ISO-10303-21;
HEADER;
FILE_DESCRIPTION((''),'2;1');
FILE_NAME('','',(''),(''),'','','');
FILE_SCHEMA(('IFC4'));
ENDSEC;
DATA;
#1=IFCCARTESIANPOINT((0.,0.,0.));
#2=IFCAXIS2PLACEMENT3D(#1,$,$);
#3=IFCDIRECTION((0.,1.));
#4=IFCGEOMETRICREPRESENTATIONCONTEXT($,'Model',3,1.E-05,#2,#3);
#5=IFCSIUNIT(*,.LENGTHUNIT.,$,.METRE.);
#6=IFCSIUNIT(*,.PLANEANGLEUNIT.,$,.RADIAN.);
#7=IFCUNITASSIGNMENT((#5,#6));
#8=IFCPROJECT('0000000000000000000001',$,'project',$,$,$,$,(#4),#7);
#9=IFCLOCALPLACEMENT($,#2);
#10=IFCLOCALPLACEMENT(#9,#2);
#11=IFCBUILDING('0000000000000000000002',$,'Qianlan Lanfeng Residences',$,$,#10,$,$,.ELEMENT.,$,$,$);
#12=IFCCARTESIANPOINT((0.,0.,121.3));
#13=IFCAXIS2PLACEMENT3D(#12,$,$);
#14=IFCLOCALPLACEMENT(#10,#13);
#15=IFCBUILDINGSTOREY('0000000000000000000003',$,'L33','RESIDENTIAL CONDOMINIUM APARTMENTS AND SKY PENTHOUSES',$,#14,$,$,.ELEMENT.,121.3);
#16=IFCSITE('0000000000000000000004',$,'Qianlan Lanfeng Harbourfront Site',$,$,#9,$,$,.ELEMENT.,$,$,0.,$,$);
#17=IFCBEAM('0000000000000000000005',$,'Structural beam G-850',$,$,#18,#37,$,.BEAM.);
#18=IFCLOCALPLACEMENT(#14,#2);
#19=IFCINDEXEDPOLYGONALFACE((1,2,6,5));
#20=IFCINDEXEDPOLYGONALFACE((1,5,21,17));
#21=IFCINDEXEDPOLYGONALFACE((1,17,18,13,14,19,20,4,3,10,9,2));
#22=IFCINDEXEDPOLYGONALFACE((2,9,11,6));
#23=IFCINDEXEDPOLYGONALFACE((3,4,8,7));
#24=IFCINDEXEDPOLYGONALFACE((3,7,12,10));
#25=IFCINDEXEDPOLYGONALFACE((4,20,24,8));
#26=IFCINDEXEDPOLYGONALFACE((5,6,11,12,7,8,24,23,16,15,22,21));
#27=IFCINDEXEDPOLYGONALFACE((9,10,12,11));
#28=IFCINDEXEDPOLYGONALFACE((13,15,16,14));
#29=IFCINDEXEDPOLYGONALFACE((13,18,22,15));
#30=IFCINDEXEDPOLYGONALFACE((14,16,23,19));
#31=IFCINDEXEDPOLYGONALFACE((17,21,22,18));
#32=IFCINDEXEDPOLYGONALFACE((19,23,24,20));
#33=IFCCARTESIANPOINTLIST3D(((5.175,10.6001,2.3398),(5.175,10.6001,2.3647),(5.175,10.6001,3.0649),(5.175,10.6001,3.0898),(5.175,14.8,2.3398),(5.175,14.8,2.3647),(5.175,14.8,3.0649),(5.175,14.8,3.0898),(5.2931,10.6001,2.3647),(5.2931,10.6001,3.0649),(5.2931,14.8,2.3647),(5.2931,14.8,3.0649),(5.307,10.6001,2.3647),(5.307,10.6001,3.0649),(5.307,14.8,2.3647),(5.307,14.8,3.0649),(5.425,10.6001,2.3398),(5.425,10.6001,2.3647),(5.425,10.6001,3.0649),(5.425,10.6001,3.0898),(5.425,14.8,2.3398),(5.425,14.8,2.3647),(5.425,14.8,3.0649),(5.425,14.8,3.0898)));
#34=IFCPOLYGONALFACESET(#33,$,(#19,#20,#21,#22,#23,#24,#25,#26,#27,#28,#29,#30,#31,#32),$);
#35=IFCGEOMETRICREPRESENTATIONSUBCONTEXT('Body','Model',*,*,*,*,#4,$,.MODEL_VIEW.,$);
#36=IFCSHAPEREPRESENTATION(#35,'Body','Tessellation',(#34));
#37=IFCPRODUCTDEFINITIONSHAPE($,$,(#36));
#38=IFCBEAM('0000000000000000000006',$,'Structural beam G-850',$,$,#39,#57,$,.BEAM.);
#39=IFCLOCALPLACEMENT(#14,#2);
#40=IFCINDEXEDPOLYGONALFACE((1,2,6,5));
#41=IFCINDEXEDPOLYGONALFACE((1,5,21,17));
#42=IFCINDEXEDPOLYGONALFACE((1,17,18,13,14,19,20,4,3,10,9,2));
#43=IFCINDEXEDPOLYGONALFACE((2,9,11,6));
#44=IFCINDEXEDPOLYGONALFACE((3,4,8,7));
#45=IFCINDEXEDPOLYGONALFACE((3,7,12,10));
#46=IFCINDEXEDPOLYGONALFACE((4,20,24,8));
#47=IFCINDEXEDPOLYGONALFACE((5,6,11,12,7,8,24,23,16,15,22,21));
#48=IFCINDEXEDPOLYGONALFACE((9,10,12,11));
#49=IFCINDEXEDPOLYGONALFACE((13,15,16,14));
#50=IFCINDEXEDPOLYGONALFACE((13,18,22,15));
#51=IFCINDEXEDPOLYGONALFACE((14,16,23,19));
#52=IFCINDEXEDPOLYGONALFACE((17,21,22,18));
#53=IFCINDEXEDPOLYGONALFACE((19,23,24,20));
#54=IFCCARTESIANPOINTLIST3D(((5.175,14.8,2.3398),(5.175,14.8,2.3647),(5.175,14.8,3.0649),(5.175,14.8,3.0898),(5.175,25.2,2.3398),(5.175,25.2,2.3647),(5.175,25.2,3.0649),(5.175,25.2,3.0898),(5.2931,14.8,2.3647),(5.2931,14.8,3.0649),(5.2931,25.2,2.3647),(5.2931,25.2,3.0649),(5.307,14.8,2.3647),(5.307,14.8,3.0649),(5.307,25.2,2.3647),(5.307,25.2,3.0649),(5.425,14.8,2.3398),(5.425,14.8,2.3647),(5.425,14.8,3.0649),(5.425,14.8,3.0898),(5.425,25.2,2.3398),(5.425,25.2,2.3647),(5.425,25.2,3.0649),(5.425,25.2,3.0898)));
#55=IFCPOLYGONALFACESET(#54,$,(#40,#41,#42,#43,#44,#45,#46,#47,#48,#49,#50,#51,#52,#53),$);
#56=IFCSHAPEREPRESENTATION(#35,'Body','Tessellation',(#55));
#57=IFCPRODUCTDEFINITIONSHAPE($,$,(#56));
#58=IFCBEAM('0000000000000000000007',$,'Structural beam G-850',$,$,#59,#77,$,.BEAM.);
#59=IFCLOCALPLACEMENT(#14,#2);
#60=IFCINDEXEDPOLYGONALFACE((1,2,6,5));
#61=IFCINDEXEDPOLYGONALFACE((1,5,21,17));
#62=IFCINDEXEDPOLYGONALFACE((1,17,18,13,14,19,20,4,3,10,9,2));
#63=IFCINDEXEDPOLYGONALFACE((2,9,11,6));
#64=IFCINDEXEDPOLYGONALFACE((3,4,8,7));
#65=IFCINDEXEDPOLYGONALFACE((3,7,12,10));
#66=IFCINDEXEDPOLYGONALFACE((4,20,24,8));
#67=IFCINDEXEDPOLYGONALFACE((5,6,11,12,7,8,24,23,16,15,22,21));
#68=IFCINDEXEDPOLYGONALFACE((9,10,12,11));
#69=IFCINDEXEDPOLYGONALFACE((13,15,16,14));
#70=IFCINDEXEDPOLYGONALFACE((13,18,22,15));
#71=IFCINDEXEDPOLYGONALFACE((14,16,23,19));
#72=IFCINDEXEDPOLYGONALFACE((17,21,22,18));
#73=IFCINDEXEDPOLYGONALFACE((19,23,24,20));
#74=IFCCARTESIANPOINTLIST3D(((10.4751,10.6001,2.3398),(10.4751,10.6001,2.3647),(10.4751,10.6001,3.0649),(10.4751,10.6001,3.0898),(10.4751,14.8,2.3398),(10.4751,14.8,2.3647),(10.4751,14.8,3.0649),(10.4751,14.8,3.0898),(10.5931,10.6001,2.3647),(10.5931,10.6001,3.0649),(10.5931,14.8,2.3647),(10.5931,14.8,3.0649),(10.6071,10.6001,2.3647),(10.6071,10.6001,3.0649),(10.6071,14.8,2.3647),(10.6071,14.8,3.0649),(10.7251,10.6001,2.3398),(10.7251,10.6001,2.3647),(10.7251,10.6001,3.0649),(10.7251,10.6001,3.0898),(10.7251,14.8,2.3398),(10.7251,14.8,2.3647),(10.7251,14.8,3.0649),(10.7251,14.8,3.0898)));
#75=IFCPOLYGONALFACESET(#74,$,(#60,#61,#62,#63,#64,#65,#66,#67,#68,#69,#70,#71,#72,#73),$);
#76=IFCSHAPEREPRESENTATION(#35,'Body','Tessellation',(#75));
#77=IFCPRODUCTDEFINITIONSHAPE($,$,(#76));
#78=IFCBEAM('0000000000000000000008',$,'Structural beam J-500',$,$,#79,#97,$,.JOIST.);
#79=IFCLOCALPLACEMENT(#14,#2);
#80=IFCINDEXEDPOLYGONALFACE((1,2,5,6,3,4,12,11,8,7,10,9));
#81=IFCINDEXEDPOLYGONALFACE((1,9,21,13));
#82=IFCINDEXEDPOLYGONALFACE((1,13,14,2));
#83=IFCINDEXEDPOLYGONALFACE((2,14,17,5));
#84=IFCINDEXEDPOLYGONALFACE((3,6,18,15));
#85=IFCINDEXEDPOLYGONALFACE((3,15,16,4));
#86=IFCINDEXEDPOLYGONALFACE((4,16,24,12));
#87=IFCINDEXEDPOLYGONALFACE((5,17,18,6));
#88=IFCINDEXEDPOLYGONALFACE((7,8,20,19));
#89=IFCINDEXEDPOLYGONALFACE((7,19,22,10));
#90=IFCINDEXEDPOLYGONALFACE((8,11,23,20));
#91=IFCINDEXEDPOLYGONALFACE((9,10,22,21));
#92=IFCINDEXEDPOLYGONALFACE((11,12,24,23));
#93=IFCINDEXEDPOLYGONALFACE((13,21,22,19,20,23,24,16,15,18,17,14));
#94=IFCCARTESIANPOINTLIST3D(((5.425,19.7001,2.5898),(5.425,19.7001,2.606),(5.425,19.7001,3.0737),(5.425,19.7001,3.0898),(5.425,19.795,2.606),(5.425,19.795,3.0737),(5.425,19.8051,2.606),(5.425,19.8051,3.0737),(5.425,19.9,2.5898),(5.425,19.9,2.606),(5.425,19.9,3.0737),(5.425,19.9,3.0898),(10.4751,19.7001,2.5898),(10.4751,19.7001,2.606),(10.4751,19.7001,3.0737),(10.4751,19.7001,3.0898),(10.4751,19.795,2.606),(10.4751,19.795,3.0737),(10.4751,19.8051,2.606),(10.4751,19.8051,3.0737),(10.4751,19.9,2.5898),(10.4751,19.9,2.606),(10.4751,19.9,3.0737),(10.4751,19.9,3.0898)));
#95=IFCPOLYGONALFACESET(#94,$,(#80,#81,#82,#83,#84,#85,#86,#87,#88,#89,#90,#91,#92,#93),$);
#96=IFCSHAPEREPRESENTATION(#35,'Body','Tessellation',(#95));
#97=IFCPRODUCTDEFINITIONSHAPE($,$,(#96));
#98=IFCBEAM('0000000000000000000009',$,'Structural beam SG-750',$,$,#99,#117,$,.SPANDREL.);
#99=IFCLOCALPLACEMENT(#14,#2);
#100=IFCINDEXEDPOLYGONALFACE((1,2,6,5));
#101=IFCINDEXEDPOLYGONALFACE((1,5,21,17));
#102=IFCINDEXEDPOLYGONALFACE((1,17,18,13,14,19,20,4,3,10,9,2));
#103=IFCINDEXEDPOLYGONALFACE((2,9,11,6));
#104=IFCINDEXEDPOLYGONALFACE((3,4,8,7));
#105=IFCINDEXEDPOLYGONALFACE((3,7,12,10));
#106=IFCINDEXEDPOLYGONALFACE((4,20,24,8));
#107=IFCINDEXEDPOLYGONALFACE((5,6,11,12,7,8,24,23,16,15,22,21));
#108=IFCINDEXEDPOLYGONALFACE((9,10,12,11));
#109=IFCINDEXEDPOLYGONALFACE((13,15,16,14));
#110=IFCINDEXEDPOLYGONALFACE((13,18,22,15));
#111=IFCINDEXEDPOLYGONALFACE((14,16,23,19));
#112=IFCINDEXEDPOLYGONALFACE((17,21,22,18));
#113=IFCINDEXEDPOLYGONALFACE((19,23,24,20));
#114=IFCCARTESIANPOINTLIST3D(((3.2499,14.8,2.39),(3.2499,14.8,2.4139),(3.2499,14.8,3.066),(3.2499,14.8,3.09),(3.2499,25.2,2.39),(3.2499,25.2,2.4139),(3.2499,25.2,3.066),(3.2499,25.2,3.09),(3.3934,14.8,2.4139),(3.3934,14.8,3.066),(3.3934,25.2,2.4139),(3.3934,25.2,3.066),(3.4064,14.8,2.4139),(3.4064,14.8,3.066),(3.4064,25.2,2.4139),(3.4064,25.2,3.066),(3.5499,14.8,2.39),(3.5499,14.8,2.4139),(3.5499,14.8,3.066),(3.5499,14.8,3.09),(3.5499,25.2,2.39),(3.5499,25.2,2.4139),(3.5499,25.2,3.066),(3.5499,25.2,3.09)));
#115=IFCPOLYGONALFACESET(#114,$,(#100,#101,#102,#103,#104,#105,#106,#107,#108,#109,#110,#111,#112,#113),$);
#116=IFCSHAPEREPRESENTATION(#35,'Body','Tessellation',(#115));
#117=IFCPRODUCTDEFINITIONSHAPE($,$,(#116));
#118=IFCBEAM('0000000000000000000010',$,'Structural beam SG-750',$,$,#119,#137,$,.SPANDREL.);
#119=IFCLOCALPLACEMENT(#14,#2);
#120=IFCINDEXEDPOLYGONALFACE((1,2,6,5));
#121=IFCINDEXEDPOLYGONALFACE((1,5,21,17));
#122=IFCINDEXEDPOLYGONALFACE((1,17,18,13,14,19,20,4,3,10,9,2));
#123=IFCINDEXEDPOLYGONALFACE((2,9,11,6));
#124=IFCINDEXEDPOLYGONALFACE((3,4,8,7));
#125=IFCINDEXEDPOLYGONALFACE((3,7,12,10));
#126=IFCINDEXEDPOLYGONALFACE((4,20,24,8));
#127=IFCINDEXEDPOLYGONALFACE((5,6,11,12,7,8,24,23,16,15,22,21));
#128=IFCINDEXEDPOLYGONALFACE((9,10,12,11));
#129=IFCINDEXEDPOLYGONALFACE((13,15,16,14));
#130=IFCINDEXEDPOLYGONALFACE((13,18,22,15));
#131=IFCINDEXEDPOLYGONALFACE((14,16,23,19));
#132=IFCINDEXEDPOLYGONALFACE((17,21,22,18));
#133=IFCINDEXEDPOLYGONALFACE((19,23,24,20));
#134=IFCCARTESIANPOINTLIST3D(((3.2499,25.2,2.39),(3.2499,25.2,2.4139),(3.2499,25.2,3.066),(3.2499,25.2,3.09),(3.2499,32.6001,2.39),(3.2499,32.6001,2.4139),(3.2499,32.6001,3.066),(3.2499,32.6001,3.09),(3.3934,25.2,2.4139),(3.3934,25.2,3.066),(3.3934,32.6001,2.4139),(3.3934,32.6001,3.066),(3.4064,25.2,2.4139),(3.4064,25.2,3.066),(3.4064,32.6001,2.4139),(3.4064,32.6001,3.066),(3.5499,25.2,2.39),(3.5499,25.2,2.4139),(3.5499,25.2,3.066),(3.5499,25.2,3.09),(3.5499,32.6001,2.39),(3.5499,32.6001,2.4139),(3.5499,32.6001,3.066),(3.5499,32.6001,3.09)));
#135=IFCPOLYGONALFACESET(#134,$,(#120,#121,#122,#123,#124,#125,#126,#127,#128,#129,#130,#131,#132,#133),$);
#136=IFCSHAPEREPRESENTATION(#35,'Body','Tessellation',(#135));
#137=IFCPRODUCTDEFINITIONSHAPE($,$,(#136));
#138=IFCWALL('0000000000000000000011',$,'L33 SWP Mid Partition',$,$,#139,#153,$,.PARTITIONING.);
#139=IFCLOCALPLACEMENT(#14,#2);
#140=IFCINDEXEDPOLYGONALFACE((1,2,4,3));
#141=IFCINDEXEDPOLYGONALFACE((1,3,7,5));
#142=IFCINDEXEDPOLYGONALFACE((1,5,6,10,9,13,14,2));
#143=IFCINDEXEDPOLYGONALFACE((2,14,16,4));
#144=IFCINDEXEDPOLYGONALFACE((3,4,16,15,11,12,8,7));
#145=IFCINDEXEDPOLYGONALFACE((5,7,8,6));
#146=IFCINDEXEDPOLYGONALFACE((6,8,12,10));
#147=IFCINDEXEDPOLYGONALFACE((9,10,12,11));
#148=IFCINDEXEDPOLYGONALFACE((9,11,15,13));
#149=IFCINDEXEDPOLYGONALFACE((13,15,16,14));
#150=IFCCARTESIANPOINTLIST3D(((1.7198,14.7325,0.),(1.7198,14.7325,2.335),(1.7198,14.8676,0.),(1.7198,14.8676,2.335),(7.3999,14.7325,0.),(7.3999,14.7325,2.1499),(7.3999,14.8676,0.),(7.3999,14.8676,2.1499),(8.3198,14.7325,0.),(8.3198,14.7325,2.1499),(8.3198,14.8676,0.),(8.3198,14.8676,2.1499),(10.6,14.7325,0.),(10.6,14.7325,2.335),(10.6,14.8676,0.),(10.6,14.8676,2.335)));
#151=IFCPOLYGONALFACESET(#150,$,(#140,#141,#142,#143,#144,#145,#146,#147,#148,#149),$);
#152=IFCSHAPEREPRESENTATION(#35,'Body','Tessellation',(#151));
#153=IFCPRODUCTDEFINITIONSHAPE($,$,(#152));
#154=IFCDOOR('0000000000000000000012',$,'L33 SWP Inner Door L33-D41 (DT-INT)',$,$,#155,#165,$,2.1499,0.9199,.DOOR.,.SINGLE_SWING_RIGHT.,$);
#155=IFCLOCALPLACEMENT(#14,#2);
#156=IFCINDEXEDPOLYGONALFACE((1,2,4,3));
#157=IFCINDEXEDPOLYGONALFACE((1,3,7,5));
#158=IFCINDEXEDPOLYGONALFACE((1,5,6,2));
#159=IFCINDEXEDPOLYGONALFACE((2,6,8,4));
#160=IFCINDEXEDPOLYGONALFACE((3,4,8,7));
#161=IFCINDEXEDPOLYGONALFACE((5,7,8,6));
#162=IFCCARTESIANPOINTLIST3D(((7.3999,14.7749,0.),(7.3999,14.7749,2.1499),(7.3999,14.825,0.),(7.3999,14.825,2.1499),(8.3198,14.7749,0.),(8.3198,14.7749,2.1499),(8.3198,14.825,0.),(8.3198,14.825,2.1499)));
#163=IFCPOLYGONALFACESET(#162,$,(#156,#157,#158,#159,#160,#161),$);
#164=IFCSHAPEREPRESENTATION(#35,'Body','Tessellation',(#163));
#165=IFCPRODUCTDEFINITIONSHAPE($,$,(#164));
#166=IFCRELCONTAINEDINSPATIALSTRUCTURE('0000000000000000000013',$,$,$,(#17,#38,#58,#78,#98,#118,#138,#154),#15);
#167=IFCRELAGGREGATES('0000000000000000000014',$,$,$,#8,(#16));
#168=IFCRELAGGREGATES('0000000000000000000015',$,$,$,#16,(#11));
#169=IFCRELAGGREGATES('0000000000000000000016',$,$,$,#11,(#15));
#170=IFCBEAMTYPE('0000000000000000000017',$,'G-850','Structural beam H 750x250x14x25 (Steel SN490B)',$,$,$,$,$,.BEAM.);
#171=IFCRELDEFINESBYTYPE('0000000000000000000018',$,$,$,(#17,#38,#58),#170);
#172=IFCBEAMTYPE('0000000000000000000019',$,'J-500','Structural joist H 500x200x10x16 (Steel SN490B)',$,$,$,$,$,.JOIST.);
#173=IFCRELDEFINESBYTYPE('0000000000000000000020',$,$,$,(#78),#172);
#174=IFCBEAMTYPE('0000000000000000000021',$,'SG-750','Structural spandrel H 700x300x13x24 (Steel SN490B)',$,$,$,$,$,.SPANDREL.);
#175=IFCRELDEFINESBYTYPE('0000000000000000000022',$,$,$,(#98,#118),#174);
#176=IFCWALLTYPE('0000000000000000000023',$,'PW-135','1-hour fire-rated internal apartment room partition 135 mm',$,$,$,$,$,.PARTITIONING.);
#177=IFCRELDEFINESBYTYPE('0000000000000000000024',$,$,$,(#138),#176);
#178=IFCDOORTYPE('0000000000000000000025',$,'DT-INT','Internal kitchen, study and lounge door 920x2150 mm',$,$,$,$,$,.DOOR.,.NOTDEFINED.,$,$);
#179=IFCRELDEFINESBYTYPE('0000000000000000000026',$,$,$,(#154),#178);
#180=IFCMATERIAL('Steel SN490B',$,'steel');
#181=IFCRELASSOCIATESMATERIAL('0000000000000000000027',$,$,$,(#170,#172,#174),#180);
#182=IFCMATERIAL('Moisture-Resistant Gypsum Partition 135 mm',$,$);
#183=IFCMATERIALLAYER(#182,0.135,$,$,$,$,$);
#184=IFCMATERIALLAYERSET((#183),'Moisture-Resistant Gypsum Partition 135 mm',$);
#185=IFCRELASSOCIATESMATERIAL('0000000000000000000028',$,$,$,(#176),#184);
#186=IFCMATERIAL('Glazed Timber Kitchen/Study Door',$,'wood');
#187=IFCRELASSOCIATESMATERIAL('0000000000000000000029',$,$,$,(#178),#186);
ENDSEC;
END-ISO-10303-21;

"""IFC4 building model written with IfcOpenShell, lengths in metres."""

from ifc_helpers import new_model, si_unit, direction, frame, frame_2d, origin, origin_2d, place, context, subcontext, project, spatial, rectangle, i_section, extrude, material, layer, layer_set, material_profile, profile_set, type_object, element, fill, save


model = new_model("IFC4")

# Units and contexts
model_context = context("Model", 3, precision=1e-05, world=origin(), true_north=direction((0.0, 1.0)))
body_context = subcontext(model_context, "Body", "Model", "MODEL_VIEW")
ifc_project = project(units=[si_unit("LENGTHUNIT", "METRE"), si_unit("PLANEANGLEUNIT", "RADIAN")], contexts=[model_context])

# Site, building, storey
site_placement = place(None, origin())
site = spatial("IfcSite", under=ifc_project, at=site_placement, Name="Qianlan Lanfeng Harbourfront Site", CompositionType="ELEMENT", RefElevation=0.0)
building_placement = place(site_placement, origin())
building = spatial("IfcBuilding", under=site, at=building_placement, Name="Qianlan Lanfeng Residences", CompositionType="ELEMENT")
storey_placement = place(building_placement, frame((0.0, 0.0, 121.3)))
storey = spatial("IfcBuildingStorey", under=building, at=storey_placement, Name="L33", Description="RESIDENTIAL CONDOMINIUM APARTMENTS AND SKY PENTHOUSES", CompositionType="ELEMENT", Elevation=121.3)

# Shared definitions
ifc_material_1 = material(Name="Steel SN490B", Category="steel")

# Beams
ifc_material_profile_1 = material_profile(ifc_material_1, i_section(OverallWidth=0.25, OverallDepth=0.75, WebThickness=0.0139, FlangeThickness=0.0249, at=origin_2d()), Name="H 750x250x14x25")
ifc_profile_set_1 = profile_set([ifc_material_profile_1], Name="Steel SN490B")
beam_type_1 = type_object("IfcBeamType", Name="G-850", Description="Structural beam H 750x250x14x25 (Steel SN490B)", PredefinedType="BEAM", material=ifc_profile_set_1)
beam_1_placement = place(storey_placement, frame((5.3, 10.6001, 2.7148), z_axis=(0.0, 1.0, 0.0), x_axis=(-1.0, 0.0, 0.0)))
element("IfcBeam", 1, at=beam_1_placement, inside=storey, type_object=beam_type_1, Name="Structural beam G-850", PredefinedType="BEAM", context=body_context, shape_type="SweptSolid", body=[
    extrude(i_section(OverallWidth=0.25, OverallDepth=0.75, WebThickness=0.0139, FlangeThickness=0.0249, at=origin_2d()), origin(), (0.0, 0.0, 1.0), 4.2),
])
beam_2_placement = place(storey_placement, frame((5.3, 14.8, 2.7148), z_axis=(0.0, 1.0, 0.0), x_axis=(-1.0, 0.0, 0.0)))
element("IfcBeam", 2, at=beam_2_placement, inside=storey, type_object=beam_type_1, Name="Structural beam G-850", PredefinedType="BEAM", context=body_context, shape_type="SweptSolid", body=[
    extrude(i_section(OverallWidth=0.25, OverallDepth=0.75, WebThickness=0.0139, FlangeThickness=0.0249, at=origin_2d()), origin(), (0.0, 0.0, 1.0), 10.3999),
])
beam_3_placement = place(storey_placement, frame((10.6001, 10.6001, 2.7148), z_axis=(0.0, 1.0, 0.0), x_axis=(-1.0, 0.0, 0.0)))
element("IfcBeam", 3, at=beam_3_placement, inside=storey, type_object=beam_type_1, Name="Structural beam G-850", PredefinedType="BEAM", context=body_context, shape_type="SweptSolid", body=[
    extrude(i_section(OverallWidth=0.25, OverallDepth=0.75, WebThickness=0.0139, FlangeThickness=0.0249, at=origin_2d()), origin(), (0.0, 0.0, 1.0), 4.2),
])
ifc_material_profile_2 = material_profile(ifc_material_1, i_section(OverallWidth=0.2, OverallDepth=0.5, WebThickness=0.01, FlangeThickness=0.0161, at=origin_2d()), Name="H 500x200x10x16")
ifc_profile_set_2 = profile_set([ifc_material_profile_2], Name="Steel SN490B")
beam_type_2 = type_object("IfcBeamType", Name="J-500", Description="Structural joist H 500x200x10x16 (Steel SN490B)", PredefinedType="JOIST", material=ifc_profile_set_2)
beam_4_placement = place(storey_placement, frame((5.425, 19.8, 2.8398), z_axis=(1.0, 0.0, 0.0), x_axis=(0.0, 1.0, 0.0)))
element("IfcBeam", 4, at=beam_4_placement, inside=storey, type_object=beam_type_2, Name="Structural beam J-500", PredefinedType="JOIST", context=body_context, shape_type="SweptSolid", body=[
    extrude(i_section(OverallWidth=0.2, OverallDepth=0.5, WebThickness=0.01, FlangeThickness=0.0161, at=origin_2d()), origin(), (0.0, 0.0, 1.0), 5.05),
])
ifc_material_profile_3 = material_profile(ifc_material_1, i_section(OverallWidth=0.3, OverallDepth=0.7, WebThickness=0.0129, FlangeThickness=0.0239, at=origin_2d()), Name="H 700x300x13x24")
ifc_profile_set_3 = profile_set([ifc_material_profile_3], Name="Steel SN490B")
beam_type_3 = type_object("IfcBeamType", Name="SG-750", Description="Structural spandrel H 700x300x13x24 (Steel SN490B)", PredefinedType="SPANDREL", material=ifc_profile_set_3)
beam_5_placement = place(storey_placement, frame((3.3999, 14.8, 2.74), z_axis=(0.0, 1.0, 0.0), x_axis=(-1.0, 0.0, 0.0)))
element("IfcBeam", 5, at=beam_5_placement, inside=storey, type_object=beam_type_3, Name="Structural beam SG-750", PredefinedType="SPANDREL", context=body_context, shape_type="SweptSolid", body=[
    extrude(i_section(OverallWidth=0.3, OverallDepth=0.7, WebThickness=0.0129, FlangeThickness=0.0239, at=origin_2d()), origin(), (0.0, 0.0, 1.0), 10.3999),
])
beam_6_placement = place(storey_placement, frame((3.3999, 25.2, 2.74), z_axis=(0.0, 1.0, 0.0), x_axis=(-1.0, 0.0, 0.0)))
element("IfcBeam", 6, at=beam_6_placement, inside=storey, type_object=beam_type_3, Name="Structural beam SG-750", PredefinedType="SPANDREL", context=body_context, shape_type="SweptSolid", body=[
    extrude(i_section(OverallWidth=0.3, OverallDepth=0.7, WebThickness=0.0129, FlangeThickness=0.0239, at=origin_2d()), origin(), (0.0, 0.0, 1.0), 7.4001),
])

# Wall, opening, door
ifc_material_2 = material(Name="Moisture-Resistant Gypsum Partition 135 mm")
ifc_layer_1 = layer(ifc_material_2, 0.135)
ifc_layer_set_1 = layer_set([ifc_layer_1], Name="Moisture-Resistant Gypsum Partition 135 mm")
wall_type_1 = type_object("IfcWallType", Name="PW-135", Description="1-hour fire-rated internal apartment room partition 135 mm", PredefinedType="PARTITIONING", material=ifc_layer_set_1)
ifc_material_3 = material(Name="Glazed Timber Kitchen/Study Door", Category="wood")
door_type_1 = type_object("IfcDoorType", Name="DT-INT", Description="Internal kitchen, study and lounge door 920x2150 mm", OperationType="NOTDEFINED", PredefinedType="DOOR", material=ifc_material_3)
wall_1_placement = place(storey_placement, frame((1.72, 14.8, 0.0), z_axis=(0.0, 0.0, 1.0), x_axis=(1.0, 0.0, 0.0)))
wall_1 = element("IfcWall", 7, at=wall_1_placement, inside=storey, type_object=wall_type_1, Name="L33 SWP Mid Partition", PredefinedType="PARTITIONING", context=body_context, shape_type="SweptSolid", body=[
    extrude(rectangle(XDim=8.8801, YDim=0.135, at=frame_2d((4.4399, 0.0))), origin(), (0.0, 0.0, 1.0), 2.335),
])
opening_1_placement = place(wall_1_placement, frame((5.6799, 0.0, 0.0)))
opening_1 = element("IfcOpeningElement", 8, at=opening_1_placement, cuts=wall_1, PredefinedType="OPENING", context=body_context, shape_type="SweptSolid", body=[
    extrude(rectangle(XDim=0.9199, YDim=2.1499, at=frame_2d((0.46, 1.075))), frame((0.0, 0.0776, 0.0), z_axis=(0.0, -1.0, 0.0), x_axis=(1.0, 0.0, 0.0)), (0.0, 0.0, 1.0), 0.155),
])
door_1_placement = place(opening_1_placement, origin())
door_1 = element("IfcDoor", 9, at=door_1_placement, inside=storey, type_object=door_type_1, Name="L33 SWP Inner Door L33-D41 (DT-INT)", OperationType="SINGLE_SWING_RIGHT", OverallHeight=2.1499, OverallWidth=0.9199, PredefinedType="DOOR", context=body_context, shape_type="SweptSolid", body=[
    extrude(rectangle(XDim=0.9199, YDim=2.1499, at=frame_2d((0.46, 1.075))), frame((0.0, 0.0249, 0.0), z_axis=(0.0, -1.0, 0.0), x_axis=(1.0, 0.0, 0.0)), (0.0, 0.0, 1.0), 0.05),
])
fill(opening_1, door_1)

save(model, "model.ifc")
